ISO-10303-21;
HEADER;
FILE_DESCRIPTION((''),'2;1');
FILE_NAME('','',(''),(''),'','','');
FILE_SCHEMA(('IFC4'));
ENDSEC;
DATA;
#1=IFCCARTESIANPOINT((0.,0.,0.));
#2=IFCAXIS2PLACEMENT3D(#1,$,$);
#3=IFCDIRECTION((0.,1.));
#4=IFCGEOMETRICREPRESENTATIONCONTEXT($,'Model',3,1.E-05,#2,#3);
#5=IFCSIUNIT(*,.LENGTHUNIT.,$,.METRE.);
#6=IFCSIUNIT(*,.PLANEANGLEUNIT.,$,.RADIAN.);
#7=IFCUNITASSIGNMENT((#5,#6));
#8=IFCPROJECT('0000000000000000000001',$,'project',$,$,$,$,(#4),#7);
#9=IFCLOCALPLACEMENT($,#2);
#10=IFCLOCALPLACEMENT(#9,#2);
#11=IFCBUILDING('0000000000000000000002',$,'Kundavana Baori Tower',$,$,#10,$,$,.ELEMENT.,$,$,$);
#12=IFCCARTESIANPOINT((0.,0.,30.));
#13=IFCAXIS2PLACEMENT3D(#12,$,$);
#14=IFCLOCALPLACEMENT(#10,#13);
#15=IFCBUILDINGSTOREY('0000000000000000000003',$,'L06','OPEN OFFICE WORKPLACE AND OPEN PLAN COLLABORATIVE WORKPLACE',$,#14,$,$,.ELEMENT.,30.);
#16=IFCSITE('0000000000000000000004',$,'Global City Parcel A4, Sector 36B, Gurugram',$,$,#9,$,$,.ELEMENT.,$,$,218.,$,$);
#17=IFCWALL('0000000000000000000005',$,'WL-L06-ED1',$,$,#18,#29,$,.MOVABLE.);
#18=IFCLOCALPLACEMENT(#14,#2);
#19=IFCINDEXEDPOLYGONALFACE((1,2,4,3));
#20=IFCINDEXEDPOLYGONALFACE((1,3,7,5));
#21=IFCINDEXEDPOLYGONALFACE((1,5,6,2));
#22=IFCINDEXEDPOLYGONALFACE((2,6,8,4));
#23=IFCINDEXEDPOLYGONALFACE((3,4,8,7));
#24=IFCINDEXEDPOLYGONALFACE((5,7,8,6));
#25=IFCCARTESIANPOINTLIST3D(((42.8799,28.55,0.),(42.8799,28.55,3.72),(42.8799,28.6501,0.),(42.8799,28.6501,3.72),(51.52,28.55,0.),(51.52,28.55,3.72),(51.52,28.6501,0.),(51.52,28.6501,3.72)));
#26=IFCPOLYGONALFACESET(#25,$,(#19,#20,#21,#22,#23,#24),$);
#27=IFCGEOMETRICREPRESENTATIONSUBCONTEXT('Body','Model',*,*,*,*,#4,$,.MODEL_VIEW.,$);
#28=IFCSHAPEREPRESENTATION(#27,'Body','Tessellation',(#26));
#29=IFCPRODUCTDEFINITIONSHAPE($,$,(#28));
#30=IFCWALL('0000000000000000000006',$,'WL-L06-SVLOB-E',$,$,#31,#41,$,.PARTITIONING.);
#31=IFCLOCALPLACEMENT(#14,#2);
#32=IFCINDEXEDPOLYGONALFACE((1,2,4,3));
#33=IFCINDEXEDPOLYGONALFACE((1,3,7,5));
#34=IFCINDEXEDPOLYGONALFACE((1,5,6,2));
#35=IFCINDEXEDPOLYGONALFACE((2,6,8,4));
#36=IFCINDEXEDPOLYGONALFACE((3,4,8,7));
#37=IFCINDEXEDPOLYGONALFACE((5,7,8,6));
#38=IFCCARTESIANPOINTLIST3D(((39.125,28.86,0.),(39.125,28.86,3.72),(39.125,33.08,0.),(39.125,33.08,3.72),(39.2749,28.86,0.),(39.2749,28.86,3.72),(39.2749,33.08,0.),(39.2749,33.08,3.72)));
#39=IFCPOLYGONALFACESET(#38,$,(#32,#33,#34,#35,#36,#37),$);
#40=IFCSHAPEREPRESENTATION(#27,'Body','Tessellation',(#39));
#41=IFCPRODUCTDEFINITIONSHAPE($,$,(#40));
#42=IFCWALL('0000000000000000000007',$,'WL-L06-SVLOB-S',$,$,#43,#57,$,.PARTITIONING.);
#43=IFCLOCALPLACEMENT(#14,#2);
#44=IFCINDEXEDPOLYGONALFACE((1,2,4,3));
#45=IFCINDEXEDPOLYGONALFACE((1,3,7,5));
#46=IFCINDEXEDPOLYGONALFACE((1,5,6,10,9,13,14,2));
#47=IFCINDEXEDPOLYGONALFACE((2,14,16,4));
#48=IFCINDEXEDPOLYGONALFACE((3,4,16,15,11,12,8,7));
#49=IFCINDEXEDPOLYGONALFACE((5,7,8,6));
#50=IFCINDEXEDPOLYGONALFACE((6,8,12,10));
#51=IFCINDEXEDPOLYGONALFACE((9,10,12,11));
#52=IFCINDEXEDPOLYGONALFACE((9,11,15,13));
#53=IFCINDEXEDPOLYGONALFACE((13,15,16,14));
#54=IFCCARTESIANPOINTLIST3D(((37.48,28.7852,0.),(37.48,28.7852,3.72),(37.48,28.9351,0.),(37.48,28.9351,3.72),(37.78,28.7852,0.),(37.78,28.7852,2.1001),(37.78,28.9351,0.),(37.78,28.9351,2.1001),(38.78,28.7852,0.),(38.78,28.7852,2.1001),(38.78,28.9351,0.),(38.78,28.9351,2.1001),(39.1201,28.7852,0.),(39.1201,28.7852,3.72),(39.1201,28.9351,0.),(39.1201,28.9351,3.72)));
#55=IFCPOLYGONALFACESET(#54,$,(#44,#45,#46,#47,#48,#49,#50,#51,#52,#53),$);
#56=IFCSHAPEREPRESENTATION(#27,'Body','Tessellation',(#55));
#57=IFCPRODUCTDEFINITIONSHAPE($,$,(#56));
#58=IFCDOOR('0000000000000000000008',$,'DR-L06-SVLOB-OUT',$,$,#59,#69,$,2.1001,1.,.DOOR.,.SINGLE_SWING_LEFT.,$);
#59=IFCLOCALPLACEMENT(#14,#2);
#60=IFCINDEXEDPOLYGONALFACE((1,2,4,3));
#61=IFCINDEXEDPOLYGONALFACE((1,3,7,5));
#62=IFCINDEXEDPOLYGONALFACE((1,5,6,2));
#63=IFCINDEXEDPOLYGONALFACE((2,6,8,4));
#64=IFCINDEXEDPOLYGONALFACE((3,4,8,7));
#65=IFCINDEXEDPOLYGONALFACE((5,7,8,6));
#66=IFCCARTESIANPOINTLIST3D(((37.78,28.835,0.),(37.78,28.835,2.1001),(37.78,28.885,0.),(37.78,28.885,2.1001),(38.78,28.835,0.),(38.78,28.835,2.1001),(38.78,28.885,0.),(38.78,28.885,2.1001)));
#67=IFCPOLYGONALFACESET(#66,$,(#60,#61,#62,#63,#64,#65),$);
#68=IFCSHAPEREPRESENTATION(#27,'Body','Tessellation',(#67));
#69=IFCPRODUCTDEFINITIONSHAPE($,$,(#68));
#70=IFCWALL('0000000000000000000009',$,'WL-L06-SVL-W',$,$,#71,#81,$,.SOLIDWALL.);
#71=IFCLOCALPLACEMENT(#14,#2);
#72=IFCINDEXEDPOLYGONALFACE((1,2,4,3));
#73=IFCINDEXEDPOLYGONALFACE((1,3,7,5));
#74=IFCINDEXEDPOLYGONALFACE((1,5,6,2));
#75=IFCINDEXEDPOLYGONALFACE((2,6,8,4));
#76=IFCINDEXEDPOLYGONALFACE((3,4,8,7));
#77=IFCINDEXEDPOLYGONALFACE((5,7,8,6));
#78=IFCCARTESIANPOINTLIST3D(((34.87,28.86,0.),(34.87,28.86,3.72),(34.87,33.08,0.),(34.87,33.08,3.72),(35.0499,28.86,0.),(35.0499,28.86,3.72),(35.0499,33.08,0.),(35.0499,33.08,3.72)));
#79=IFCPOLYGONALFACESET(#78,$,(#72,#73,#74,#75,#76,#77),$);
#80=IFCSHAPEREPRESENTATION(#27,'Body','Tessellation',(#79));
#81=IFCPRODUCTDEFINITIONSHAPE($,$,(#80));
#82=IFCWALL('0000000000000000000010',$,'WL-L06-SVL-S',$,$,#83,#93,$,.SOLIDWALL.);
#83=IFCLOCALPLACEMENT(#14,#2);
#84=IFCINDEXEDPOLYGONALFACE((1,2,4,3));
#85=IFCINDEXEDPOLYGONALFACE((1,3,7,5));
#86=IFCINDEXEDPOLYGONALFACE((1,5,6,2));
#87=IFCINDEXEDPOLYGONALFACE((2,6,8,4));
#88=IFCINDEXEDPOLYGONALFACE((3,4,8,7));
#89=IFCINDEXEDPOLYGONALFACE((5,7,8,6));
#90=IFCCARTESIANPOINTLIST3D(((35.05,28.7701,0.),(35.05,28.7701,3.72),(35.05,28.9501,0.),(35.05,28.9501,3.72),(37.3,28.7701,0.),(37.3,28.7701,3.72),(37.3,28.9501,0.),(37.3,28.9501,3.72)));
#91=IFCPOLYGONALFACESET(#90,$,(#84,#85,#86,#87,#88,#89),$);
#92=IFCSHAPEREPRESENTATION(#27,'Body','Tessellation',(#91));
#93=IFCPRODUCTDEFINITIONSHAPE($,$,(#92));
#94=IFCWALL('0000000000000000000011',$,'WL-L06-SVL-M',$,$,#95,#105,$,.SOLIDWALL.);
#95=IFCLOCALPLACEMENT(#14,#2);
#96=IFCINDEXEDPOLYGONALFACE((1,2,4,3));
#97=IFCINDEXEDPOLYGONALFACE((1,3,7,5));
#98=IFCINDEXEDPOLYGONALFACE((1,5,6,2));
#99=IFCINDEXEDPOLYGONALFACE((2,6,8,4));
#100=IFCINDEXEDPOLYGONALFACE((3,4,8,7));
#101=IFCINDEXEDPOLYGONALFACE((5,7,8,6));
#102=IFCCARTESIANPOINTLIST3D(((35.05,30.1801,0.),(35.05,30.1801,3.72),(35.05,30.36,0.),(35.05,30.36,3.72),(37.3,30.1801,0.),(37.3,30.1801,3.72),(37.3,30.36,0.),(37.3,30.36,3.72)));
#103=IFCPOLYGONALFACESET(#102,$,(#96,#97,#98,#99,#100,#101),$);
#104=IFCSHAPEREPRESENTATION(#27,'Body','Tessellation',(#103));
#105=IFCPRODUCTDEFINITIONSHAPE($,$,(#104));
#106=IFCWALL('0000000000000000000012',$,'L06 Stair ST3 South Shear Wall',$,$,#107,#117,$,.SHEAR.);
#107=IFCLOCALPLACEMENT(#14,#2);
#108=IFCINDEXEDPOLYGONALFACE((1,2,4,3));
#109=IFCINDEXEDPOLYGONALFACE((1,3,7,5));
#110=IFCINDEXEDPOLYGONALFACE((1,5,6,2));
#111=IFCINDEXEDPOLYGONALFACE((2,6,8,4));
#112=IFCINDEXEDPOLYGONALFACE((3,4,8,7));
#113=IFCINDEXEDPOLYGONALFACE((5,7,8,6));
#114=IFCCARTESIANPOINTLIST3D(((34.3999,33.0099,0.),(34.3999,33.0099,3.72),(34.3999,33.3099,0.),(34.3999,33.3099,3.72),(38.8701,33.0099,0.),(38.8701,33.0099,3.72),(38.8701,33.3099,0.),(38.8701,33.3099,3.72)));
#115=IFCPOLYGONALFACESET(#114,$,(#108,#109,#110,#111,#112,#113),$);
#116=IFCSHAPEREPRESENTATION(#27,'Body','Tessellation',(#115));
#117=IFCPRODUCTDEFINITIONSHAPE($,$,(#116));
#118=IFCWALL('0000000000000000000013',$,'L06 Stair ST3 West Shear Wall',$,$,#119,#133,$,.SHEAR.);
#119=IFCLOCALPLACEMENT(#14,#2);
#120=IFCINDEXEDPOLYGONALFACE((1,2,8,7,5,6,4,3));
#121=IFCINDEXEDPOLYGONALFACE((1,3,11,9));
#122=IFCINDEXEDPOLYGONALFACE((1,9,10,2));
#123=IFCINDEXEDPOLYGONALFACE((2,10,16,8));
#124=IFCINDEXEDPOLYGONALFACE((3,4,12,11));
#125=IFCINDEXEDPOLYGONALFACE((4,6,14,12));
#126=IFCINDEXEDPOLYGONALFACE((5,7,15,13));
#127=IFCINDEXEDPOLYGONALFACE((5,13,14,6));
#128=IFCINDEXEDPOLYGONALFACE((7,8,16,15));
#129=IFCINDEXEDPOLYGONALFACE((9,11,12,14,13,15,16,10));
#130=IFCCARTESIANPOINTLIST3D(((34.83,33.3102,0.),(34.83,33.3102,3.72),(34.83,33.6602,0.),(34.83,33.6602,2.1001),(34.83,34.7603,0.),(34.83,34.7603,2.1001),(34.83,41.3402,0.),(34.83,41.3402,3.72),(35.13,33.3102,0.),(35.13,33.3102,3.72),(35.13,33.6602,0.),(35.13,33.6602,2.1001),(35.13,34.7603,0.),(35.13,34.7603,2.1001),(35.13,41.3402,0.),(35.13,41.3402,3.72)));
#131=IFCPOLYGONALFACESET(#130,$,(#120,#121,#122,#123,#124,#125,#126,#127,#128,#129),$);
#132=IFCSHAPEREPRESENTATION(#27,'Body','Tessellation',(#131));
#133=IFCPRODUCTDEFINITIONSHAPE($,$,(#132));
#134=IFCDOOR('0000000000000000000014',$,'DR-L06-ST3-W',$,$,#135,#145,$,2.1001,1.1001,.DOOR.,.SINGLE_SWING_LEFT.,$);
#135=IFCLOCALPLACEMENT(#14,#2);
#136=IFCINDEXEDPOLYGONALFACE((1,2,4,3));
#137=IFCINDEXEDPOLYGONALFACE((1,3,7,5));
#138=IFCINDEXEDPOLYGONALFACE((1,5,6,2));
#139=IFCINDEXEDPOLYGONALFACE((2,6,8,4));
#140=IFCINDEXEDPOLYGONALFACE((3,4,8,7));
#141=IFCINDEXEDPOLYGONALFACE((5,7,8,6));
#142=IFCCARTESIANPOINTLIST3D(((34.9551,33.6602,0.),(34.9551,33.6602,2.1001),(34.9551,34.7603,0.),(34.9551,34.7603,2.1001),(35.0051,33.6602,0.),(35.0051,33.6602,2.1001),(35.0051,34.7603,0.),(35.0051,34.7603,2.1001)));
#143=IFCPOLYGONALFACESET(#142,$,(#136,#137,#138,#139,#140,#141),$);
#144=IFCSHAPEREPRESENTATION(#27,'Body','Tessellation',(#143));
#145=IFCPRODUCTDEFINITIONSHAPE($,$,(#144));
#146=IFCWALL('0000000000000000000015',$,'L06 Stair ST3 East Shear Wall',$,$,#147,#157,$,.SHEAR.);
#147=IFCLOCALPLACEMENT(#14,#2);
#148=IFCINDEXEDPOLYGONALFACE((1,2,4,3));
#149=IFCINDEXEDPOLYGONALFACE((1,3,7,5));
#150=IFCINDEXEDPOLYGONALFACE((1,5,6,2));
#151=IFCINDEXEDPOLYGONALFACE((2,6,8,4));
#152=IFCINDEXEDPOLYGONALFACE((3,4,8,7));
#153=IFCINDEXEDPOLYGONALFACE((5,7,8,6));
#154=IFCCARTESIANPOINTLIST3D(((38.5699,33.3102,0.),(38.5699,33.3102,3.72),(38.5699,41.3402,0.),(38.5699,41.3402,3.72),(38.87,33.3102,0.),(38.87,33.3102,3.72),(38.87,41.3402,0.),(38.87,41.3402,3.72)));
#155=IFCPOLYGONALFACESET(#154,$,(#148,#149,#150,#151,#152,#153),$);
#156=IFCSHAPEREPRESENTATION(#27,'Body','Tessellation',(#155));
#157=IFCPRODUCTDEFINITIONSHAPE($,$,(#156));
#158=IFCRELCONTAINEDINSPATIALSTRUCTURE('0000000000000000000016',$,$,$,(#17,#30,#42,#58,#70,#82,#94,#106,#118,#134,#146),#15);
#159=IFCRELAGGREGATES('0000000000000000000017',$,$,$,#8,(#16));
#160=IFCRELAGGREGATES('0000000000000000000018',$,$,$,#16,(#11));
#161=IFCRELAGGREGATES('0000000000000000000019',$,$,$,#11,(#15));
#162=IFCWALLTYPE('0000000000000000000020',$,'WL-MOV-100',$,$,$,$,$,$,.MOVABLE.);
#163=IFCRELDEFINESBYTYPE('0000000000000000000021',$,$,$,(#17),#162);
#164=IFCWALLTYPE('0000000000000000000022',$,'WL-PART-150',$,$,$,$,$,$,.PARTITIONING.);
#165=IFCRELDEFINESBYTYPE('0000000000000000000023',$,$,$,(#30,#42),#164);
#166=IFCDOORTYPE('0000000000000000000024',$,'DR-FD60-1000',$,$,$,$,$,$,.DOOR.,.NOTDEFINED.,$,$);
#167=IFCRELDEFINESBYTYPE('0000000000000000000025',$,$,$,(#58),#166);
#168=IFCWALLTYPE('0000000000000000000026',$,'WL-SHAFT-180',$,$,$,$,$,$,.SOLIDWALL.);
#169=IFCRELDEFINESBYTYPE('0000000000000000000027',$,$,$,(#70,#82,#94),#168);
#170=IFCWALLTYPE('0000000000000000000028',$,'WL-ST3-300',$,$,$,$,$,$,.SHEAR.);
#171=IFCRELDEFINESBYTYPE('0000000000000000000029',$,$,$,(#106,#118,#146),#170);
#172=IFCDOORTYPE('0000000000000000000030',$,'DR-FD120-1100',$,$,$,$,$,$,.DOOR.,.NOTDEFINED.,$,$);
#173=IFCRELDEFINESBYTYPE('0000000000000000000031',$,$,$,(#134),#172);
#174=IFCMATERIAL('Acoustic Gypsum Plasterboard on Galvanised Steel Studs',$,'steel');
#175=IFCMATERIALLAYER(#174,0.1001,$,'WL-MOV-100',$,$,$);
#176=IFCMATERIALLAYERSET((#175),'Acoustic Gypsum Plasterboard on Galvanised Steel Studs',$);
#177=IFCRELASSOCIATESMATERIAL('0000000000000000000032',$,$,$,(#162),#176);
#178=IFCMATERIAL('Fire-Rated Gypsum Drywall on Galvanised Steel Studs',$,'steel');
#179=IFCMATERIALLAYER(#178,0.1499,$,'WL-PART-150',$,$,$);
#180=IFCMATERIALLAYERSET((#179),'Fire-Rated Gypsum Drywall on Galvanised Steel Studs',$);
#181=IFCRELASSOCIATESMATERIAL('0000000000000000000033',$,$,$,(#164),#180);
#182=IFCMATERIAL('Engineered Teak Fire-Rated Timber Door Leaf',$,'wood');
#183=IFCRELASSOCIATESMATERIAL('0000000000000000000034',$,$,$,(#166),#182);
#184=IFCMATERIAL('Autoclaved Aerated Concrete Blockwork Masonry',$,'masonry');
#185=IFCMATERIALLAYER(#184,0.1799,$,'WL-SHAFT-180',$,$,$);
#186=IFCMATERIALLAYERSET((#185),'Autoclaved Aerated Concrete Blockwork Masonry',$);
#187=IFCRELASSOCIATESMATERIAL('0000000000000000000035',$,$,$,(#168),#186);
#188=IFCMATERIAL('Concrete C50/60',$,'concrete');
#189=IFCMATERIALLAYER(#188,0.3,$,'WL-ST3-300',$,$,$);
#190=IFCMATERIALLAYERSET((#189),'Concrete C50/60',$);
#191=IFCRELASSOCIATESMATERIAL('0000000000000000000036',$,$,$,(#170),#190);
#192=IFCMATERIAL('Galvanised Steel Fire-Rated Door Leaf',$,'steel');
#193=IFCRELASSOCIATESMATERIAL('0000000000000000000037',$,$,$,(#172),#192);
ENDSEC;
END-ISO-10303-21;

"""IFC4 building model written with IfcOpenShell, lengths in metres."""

from ifc_helpers import new_model, si_unit, direction, frame, frame_2d, origin, place, context, subcontext, project, spatial, rectangle, extrude, material, layer, layer_set, type_object, element, fill, save


model = new_model("IFC4")

# Units and contexts
model_context = context("Model", 3, precision=1e-05, world=origin(), true_north=direction((0.0, 1.0)))
body_context = subcontext(model_context, "Body", "Model", "MODEL_VIEW")
ifc_project = project(units=[si_unit("LENGTHUNIT", "METRE"), si_unit("PLANEANGLEUNIT", "RADIAN")], contexts=[model_context])

# Site, building, storey
site_placement = place(None, origin())
site = spatial("IfcSite", under=ifc_project, at=site_placement, Name="Global City Parcel A4, Sector 36B, Gurugram", CompositionType="ELEMENT", RefElevation=218.0)
building_placement = place(site_placement, origin())
building = spatial("IfcBuilding", under=site, at=building_placement, Name="Kundavana Baori Tower", CompositionType="ELEMENT")
storey_placement = place(building_placement, frame((0.0, 0.0, 30.0)))
storey = spatial("IfcBuildingStorey", under=building, at=storey_placement, Name="L06", Description="OPEN OFFICE WORKPLACE AND OPEN PLAN COLLABORATIVE WORKPLACE", CompositionType="ELEMENT", Elevation=30.0)

# Walls
ifc_material_1 = material(Name="Acoustic Gypsum Plasterboard on Galvanised Steel Studs", Category="steel")
ifc_layer_1 = layer(ifc_material_1, 0.1001, Name="WL-MOV-100")
ifc_layer_set_1 = layer_set([ifc_layer_1], Name="Acoustic Gypsum Plasterboard on Galvanised Steel Studs")
wall_type_1 = type_object("IfcWallType", Name="WL-MOV-100", PredefinedType="MOVABLE", material=ifc_layer_set_1)
wall_1_placement = place(storey_placement, frame((42.8799, 28.6001, 0.0), z_axis=(0.0, 0.0, 1.0), x_axis=(1.0, 0.0, 0.0)))
element("IfcWall", 1, at=wall_1_placement, inside=storey, type_object=wall_type_1, Name="WL-L06-ED1", PredefinedType="MOVABLE", context=body_context, shape_type="SweptSolid", body=[
    extrude(rectangle(XDim=8.6401, YDim=0.1001, at=frame_2d((4.3201, 0.0))), origin(), (0.0, 0.0, 1.0), 3.72),
])
ifc_material_2 = material(Name="Fire-Rated Gypsum Drywall on Galvanised Steel Studs", Category="steel")
ifc_layer_2 = layer(ifc_material_2, 0.1499, Name="WL-PART-150")
ifc_layer_set_2 = layer_set([ifc_layer_2], Name="Fire-Rated Gypsum Drywall on Galvanised Steel Studs")
wall_type_2 = type_object("IfcWallType", Name="WL-PART-150", PredefinedType="PARTITIONING", material=ifc_layer_set_2)
wall_2_placement = place(storey_placement, frame((39.2, 28.8601, 0.0), z_axis=(0.0, 0.0, 1.0), x_axis=(0.0, 1.0, 0.0)))
element("IfcWall", 2, at=wall_2_placement, inside=storey, type_object=wall_type_2, Name="WL-L06-SVLOB-E", PredefinedType="PARTITIONING", context=body_context, shape_type="SweptSolid", body=[
    extrude(rectangle(XDim=4.22, YDim=0.1499, at=frame_2d((2.1099, 0.0))), origin(), (0.0, 0.0, 1.0), 3.72),
])

# Wall, opening, door
wall_3_placement = place(storey_placement, frame((37.48, 28.8601, 0.0), z_axis=(0.0, 0.0, 1.0), x_axis=(1.0, 0.0, 0.0)))
wall_3 = element("IfcWall", 3, at=wall_3_placement, inside=storey, type_object=wall_type_2, Name="WL-L06-SVLOB-S", PredefinedType="PARTITIONING", context=body_context, shape_type="SweptSolid", body=[
    extrude(rectangle(XDim=1.6401, YDim=0.1499, at=frame_2d((0.8201, 0.0))), origin(), (0.0, 0.0, 1.0), 3.72),
])
opening_1_placement = place(wall_3_placement, frame((0.3, 0.0, 0.0)))
opening_1 = element("IfcOpeningElement", 4, at=opening_1_placement, cuts=wall_3, PredefinedType="OPENING", context=body_context, shape_type="SweptSolid", body=[
    extrude(rectangle(XDim=1.0, YDim=2.1001, at=frame_2d((0.5, 1.05))), frame((0.0, 0.085, 0.0), z_axis=(0.0, -1.0, 0.0), x_axis=(1.0, 0.0, 0.0)), (0.0, 0.0, 1.0), 0.1699),
])
ifc_material_3 = material(Name="Engineered Teak Fire-Rated Timber Door Leaf", Category="wood")
door_type_1 = type_object("IfcDoorType", Name="DR-FD60-1000", OperationType="NOTDEFINED", PredefinedType="DOOR", material=ifc_material_3)
door_1_placement = place(opening_1_placement, origin())
door_1 = element("IfcDoor", 5, at=door_1_placement, inside=storey, type_object=door_type_1, Name="DR-L06-SVLOB-OUT", OperationType="SINGLE_SWING_LEFT", OverallHeight=2.1001, OverallWidth=1.0, PredefinedType="DOOR", context=body_context, shape_type="SweptSolid", body=[
    extrude(rectangle(XDim=1.0, YDim=2.1001, at=frame_2d((0.5, 1.05))), frame((0.0, 0.0249, 0.0), z_axis=(0.0, -1.0, 0.0), x_axis=(1.0, 0.0, 0.0)), (0.0, 0.0, 1.0), 0.05),
])
fill(opening_1, door_1)

# Wall
ifc_material_4 = material(Name="Autoclaved Aerated Concrete Blockwork Masonry", Category="masonry")
ifc_layer_3 = layer(ifc_material_4, 0.1799, Name="WL-SHAFT-180")
ifc_layer_set_3 = layer_set([ifc_layer_3], Name="Autoclaved Aerated Concrete Blockwork Masonry")
wall_type_3 = type_object("IfcWallType", Name="WL-SHAFT-180", PredefinedType="SOLIDWALL", material=ifc_layer_set_3)
wall_4_placement = place(storey_placement, frame((34.96, 28.8601, 0.0), z_axis=(0.0, 0.0, 1.0), x_axis=(0.0, 1.0, 0.0)))
element("IfcWall", 6, at=wall_4_placement, inside=storey, type_object=wall_type_3, Name="WL-L06-SVL-W", PredefinedType="SOLIDWALL", context=body_context, shape_type="SweptSolid", body=[
    extrude(rectangle(XDim=4.22, YDim=0.1799, at=frame_2d((2.1099, 0.0))), origin(), (0.0, 0.0, 1.0), 3.72),
])

# Walls
for number, where, z_axis, x_axis, name in (
    (7, (35.05, 28.8601, 0.0), (0.0, 0.0, 1.0), (1.0, 0.0, 0.0), "WL-L06-SVL-S"),
    (8, (35.05, 30.27, 0.0), (0.0, 0.0, 1.0), (1.0, 0.0, 0.0), "WL-L06-SVL-M"),
):
    element("IfcWall", number, at=place(storey_placement, frame(where, z_axis=z_axis, x_axis=x_axis)), inside=storey, type_object=wall_type_3, Name=name, PredefinedType="SOLIDWALL", context=body_context, shape_type="SweptSolid", body=[
        extrude(rectangle(XDim=2.25, YDim=0.1799, at=frame_2d((1.125, 0.0))), origin(), (0.0, 0.0, 1.0), 3.72),
    ])
ifc_material_5 = material(Name="Concrete C50/60", Category="concrete")
ifc_layer_4 = layer(ifc_material_5, 0.3, Name="WL-ST3-300")
ifc_layer_set_4 = layer_set([ifc_layer_4], Name="Concrete C50/60")
wall_type_4 = type_object("IfcWallType", Name="WL-ST3-300", PredefinedType="SHEAR", material=ifc_layer_set_4)
wall_5_placement = place(storey_placement, frame((34.3999, 33.1599, 0.0), z_axis=(0.0, 0.0, 1.0), x_axis=(1.0, 0.0, 0.0)))
element("IfcWall", 9, at=wall_5_placement, inside=storey, type_object=wall_type_4, Name="L06 Stair ST3 South Shear Wall", PredefinedType="SHEAR", context=body_context, shape_type="SweptSolid", body=[
    extrude(rectangle(XDim=4.4702, YDim=0.3, at=frame_2d((2.2351, 0.0))), origin(), (0.0, 0.0, 1.0), 3.72),
])

# Wall, opening, door
wall_6_placement = place(storey_placement, frame((34.98, 33.3101, 0.0), z_axis=(0.0, 0.0, 1.0), x_axis=(0.0, 1.0, 0.0)))
wall_6 = element("IfcWall", 10, at=wall_6_placement, inside=storey, type_object=wall_type_4, Name="L06 Stair ST3 West Shear Wall", PredefinedType="SHEAR", context=body_context, shape_type="SweptSolid", body=[
    extrude(rectangle(XDim=8.03, YDim=0.3, at=frame_2d((4.0151, 0.0))), origin(), (0.0, 0.0, 1.0), 3.72),
])
opening_2_placement = place(wall_6_placement, frame((0.3501, 0.0, 0.0)))
opening_2 = element("IfcOpeningElement", 11, at=opening_2_placement, cuts=wall_6, PredefinedType="OPENING", context=body_context, shape_type="SweptSolid", body=[
    extrude(rectangle(XDim=1.1001, YDim=2.1001, at=frame_2d((0.55, 1.05))), frame((0.0, 0.1602, 0.0), z_axis=(0.0, -1.0, 0.0), x_axis=(1.0, 0.0, 0.0)), (0.0, 0.0, 1.0), 0.3201),
])
ifc_material_6 = material(Name="Galvanised Steel Fire-Rated Door Leaf", Category="steel")
door_type_2 = type_object("IfcDoorType", Name="DR-FD120-1100", OperationType="NOTDEFINED", PredefinedType="DOOR", material=ifc_material_6)
door_2_placement = place(opening_2_placement, origin())
door_2 = element("IfcDoor", 12, at=door_2_placement, inside=storey, type_object=door_type_2, Name="DR-L06-ST3-W", OperationType="SINGLE_SWING_LEFT", OverallHeight=2.1001, OverallWidth=1.1001, PredefinedType="DOOR", context=body_context, shape_type="SweptSolid", body=[
    extrude(rectangle(XDim=1.1001, YDim=2.1001, at=frame_2d((0.55, 1.05))), frame((0.0, 0.0249, 0.0), z_axis=(0.0, -1.0, 0.0), x_axis=(1.0, 0.0, 0.0)), (0.0, 0.0, 1.0), 0.05),
])
fill(opening_2, door_2)

# Wall
wall_7_placement = place(storey_placement, frame((38.72, 33.3101, 0.0), z_axis=(0.0, 0.0, 1.0), x_axis=(0.0, 1.0, 0.0)))
element("IfcWall", 13, at=wall_7_placement, inside=storey, type_object=wall_type_4, Name="L06 Stair ST3 East Shear Wall", PredefinedType="SHEAR", context=body_context, shape_type="SweptSolid", body=[
    extrude(rectangle(XDim=8.03, YDim=0.3, at=frame_2d((4.0151, 0.0))), origin(), (0.0, 0.0, 1.0), 3.72),
])

save(model, "model.ifc")
